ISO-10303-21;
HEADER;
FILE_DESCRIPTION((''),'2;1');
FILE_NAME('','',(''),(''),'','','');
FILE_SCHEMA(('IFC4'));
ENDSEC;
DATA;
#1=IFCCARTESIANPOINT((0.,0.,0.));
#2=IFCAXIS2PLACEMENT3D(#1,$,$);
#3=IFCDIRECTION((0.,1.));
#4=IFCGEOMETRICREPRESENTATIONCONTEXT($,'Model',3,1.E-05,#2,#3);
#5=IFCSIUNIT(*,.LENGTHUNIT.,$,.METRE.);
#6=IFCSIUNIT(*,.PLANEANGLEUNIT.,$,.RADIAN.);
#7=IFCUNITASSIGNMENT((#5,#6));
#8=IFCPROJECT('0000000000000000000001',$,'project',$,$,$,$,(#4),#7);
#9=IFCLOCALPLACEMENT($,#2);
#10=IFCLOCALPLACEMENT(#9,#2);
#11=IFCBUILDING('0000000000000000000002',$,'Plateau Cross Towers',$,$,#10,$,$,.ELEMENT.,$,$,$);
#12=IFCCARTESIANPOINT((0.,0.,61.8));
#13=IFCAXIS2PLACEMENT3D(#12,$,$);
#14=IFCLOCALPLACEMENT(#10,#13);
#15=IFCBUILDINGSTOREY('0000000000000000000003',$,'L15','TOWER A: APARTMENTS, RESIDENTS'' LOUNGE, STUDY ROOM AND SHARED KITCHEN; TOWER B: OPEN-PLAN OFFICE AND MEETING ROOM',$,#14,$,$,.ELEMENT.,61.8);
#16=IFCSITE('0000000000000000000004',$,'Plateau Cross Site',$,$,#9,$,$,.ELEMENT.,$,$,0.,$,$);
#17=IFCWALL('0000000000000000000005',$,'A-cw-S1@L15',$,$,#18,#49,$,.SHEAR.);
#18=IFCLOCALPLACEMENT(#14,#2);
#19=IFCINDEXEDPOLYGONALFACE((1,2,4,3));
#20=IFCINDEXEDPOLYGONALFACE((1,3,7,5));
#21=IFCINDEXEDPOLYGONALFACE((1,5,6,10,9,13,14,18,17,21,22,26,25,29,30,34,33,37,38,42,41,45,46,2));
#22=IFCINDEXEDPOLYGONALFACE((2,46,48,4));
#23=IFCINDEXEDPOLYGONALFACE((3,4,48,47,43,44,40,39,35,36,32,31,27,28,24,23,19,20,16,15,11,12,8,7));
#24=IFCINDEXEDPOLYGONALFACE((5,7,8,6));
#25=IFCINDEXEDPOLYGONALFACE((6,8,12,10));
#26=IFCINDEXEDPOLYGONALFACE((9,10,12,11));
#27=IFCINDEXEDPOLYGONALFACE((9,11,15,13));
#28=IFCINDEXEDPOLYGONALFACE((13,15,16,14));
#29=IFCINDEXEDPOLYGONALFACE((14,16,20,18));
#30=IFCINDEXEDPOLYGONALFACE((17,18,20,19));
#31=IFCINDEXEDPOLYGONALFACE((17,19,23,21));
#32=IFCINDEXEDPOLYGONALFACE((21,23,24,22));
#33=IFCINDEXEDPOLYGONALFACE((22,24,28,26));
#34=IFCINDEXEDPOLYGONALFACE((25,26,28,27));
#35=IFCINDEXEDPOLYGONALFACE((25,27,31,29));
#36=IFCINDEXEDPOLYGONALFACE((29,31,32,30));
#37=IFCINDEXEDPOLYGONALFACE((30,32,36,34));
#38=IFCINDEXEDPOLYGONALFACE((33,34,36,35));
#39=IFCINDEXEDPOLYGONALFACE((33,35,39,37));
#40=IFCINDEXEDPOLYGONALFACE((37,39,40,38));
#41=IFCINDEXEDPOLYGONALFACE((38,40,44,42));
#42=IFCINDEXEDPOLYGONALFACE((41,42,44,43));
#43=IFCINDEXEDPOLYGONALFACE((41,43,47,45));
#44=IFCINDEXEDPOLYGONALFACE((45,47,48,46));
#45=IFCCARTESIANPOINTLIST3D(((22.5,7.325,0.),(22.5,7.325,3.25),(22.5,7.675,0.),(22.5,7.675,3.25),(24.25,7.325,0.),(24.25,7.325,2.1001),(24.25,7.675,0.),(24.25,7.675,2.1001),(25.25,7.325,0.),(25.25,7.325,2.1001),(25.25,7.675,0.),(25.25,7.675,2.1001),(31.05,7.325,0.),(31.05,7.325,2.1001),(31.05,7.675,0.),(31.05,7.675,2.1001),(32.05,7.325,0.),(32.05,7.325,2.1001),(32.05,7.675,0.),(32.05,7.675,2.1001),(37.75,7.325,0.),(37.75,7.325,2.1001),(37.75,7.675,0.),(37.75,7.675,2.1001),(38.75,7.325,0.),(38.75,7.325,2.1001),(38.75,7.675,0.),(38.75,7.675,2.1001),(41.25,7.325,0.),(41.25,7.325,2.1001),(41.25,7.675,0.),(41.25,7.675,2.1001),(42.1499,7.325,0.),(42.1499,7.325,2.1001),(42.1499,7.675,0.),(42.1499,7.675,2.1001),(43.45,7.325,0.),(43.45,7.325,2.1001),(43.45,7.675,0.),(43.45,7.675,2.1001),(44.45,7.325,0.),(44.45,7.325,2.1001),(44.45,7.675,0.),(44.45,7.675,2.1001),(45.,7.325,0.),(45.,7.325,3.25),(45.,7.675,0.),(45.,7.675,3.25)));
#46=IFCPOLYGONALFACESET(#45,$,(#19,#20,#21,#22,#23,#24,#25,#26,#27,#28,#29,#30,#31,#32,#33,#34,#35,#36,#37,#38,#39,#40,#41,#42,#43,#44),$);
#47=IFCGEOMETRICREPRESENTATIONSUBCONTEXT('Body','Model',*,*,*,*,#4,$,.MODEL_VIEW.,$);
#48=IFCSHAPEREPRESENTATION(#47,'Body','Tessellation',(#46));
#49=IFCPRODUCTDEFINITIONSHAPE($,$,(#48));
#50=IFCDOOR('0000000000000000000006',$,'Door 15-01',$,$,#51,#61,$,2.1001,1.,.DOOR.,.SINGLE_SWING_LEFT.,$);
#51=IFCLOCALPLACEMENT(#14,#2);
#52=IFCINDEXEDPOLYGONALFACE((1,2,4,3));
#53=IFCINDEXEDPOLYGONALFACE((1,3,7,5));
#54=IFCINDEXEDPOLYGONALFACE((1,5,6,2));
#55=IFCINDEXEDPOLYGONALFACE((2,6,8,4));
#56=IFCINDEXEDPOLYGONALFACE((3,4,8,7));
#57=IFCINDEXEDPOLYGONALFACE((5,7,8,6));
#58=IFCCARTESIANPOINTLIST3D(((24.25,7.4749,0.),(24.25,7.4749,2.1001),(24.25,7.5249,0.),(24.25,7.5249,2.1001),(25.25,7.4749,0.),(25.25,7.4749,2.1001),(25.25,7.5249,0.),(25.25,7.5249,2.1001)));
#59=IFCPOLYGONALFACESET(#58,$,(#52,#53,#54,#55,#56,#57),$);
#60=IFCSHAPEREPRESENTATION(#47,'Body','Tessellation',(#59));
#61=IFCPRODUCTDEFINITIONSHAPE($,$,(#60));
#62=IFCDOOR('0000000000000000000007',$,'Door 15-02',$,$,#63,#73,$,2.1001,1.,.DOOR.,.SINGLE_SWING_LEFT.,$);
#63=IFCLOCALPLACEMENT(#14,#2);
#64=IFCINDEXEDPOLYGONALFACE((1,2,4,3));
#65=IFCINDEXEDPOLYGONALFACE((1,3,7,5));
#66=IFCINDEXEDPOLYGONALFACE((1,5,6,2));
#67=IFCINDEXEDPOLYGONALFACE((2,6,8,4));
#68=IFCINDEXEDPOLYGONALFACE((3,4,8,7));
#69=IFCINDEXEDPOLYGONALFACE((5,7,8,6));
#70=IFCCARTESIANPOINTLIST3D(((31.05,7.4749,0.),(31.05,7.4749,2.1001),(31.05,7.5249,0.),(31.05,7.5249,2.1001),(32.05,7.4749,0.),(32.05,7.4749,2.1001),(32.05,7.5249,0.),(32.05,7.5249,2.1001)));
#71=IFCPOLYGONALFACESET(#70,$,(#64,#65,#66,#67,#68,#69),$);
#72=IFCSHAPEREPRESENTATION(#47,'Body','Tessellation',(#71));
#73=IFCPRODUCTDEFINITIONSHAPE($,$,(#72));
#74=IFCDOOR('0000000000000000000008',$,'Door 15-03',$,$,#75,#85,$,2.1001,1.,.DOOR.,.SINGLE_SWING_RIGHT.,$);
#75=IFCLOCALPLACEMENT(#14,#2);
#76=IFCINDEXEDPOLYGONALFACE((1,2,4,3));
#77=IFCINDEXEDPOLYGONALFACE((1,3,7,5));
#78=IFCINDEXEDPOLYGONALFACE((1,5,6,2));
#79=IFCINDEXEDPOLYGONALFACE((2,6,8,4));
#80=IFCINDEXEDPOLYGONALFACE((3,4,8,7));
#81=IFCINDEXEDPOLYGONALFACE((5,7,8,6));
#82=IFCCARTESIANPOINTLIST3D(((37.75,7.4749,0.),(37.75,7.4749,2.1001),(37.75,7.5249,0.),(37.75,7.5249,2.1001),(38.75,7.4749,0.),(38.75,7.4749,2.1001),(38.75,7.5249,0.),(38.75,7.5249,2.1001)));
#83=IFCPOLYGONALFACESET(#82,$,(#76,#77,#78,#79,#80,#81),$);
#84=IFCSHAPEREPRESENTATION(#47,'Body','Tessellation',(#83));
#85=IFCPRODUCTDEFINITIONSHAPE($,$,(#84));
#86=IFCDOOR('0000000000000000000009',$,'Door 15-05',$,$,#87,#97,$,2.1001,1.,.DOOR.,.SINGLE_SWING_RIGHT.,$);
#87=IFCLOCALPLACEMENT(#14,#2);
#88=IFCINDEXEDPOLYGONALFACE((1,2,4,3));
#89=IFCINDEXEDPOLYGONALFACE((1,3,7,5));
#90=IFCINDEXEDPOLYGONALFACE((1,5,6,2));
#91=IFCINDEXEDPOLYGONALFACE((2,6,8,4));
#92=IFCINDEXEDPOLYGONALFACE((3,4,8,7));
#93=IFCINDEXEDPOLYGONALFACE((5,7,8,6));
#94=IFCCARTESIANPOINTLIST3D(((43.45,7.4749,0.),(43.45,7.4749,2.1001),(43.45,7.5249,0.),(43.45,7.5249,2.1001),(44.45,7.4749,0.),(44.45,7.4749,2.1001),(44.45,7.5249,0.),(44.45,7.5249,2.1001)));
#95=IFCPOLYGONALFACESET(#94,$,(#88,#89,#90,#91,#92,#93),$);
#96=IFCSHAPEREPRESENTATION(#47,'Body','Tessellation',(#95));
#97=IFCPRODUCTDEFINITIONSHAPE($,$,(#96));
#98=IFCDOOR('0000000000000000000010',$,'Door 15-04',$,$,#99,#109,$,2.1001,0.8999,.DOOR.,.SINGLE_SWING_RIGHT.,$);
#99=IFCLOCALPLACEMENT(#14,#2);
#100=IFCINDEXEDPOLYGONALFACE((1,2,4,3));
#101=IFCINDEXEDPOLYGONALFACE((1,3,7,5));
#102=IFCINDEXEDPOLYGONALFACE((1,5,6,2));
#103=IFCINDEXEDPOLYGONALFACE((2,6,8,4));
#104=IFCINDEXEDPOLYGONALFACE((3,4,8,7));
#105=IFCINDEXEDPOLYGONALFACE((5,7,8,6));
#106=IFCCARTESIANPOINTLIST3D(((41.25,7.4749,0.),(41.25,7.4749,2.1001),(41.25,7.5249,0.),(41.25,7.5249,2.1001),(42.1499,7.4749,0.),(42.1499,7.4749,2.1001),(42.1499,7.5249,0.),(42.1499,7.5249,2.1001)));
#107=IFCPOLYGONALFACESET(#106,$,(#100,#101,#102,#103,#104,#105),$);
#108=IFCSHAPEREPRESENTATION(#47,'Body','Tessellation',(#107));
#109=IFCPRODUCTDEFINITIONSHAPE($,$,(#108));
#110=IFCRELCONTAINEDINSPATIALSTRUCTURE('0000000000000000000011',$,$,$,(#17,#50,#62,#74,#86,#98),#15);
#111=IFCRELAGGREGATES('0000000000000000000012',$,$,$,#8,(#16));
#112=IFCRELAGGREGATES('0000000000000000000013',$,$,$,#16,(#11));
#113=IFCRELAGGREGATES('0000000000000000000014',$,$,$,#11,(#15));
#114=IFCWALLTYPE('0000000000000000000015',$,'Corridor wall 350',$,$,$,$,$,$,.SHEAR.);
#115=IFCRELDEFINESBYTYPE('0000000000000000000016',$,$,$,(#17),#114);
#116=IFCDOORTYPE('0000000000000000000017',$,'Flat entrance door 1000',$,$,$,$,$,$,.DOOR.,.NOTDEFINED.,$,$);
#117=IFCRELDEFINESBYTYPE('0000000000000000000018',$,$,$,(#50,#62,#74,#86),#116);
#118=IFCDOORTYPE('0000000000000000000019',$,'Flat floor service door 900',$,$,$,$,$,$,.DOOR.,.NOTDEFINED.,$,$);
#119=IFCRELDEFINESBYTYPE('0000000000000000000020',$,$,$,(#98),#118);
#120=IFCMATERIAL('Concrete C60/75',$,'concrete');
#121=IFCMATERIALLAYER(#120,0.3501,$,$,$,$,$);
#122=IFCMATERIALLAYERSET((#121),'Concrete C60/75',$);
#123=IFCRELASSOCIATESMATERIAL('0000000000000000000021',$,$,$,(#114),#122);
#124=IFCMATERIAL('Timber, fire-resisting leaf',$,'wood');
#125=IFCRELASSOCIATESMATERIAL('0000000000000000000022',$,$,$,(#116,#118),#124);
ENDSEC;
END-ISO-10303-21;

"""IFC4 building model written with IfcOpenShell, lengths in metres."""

from ifc_helpers import new_model, si_unit, direction, frame, frame_2d, origin, place, context, subcontext, project, spatial, rectangle, extrude, material, layer, layer_set, type_object, element, fill, save


model = new_model("IFC4")

# Units and contexts
model_context = context("Model", 3, precision=1e-05, world=origin(), true_north=direction((0.0, 1.0)))
body_context = subcontext(model_context, "Body", "Model", "MODEL_VIEW")
ifc_project = project(units=[si_unit("LENGTHUNIT", "METRE"), si_unit("PLANEANGLEUNIT", "RADIAN")], contexts=[model_context])

# Site, building, storey
site_placement = place(None, origin())
site = spatial("IfcSite", under=ifc_project, at=site_placement, Name="Plateau Cross Site", CompositionType="ELEMENT", RefElevation=0.0)
building_placement = place(site_placement, origin())
building = spatial("IfcBuilding", under=site, at=building_placement, Name="Plateau Cross Towers", CompositionType="ELEMENT")
storey_placement = place(building_placement, frame((0.0, 0.0, 61.8)))
storey = spatial("IfcBuildingStorey", under=building, at=storey_placement, Name="L15", Description="TOWER A: APARTMENTS, RESIDENTS' LOUNGE, STUDY ROOM AND SHARED KITCHEN; TOWER B: OPEN-PLAN OFFICE AND MEETING ROOM", CompositionType="ELEMENT", Elevation=61.8)

# Shared definitions
ifc_material_1 = material(Name="Timber, fire-resisting leaf", Category="wood")

# Wall, openings, doors
ifc_material_2 = material(Name="Concrete C60/75", Category="concrete")
ifc_layer_1 = layer(ifc_material_2, 0.3501)
ifc_layer_set_1 = layer_set([ifc_layer_1], Name="Concrete C60/75")
wall_type_1 = type_object("IfcWallType", Name="Corridor wall 350", PredefinedType="SHEAR", material=ifc_layer_set_1)
wall_1_placement = place(storey_placement, frame((22.5, 7.5, 0.0), z_axis=(0.0, 0.0, 1.0), x_axis=(1.0, 0.0, 0.0)))
wall_1 = element("IfcWall", 1, at=wall_1_placement, inside=storey, type_object=wall_type_1, Name="A-cw-S1@L15", PredefinedType="SHEAR", context=body_context, shape_type="SweptSolid", body=[
    extrude(rectangle(XDim=22.5, YDim=0.3501, at=frame_2d((11.25, 0.0))), origin(), (0.0, 0.0, 1.0), 3.25),
])
opening_1_placement = place(wall_1_placement, frame((1.75, 0.0, 0.0)))
opening_1 = element("IfcOpeningElement", 2, at=opening_1_placement, cuts=wall_1, PredefinedType="OPENING", context=body_context, shape_type="SweptSolid", body=[
    extrude(rectangle(XDim=1.0, YDim=2.1001, at=frame_2d((0.5, 1.05))), frame((0.0, 0.1851, 0.0), z_axis=(0.0, -1.0, 0.0), x_axis=(1.0, 0.0, 0.0)), (0.0, 0.0, 1.0), 0.3701),
])
opening_2_placement = place(wall_1_placement, frame((8.55, 0.0, 0.0)))
opening_2 = element("IfcOpeningElement", 3, at=opening_2_placement, cuts=wall_1, PredefinedType="OPENING", context=body_context, shape_type="SweptSolid", body=[
    extrude(rectangle(XDim=1.0, YDim=2.1001, at=frame_2d((0.5, 1.05))), frame((0.0, 0.1851, 0.0), z_axis=(0.0, -1.0, 0.0), x_axis=(1.0, 0.0, 0.0)), (0.0, 0.0, 1.0), 0.3701),
])
opening_3_placement = place(wall_1_placement, frame((15.25, 0.0, 0.0)))
opening_3 = element("IfcOpeningElement", 4, at=opening_3_placement, cuts=wall_1, PredefinedType="OPENING", context=body_context, shape_type="SweptSolid", body=[
    extrude(rectangle(XDim=1.0, YDim=2.1001, at=frame_2d((0.5, 1.05))), frame((0.0, 0.1851, 0.0), z_axis=(0.0, -1.0, 0.0), x_axis=(1.0, 0.0, 0.0)), (0.0, 0.0, 1.0), 0.3701),
])
opening_4_placement = place(wall_1_placement, frame((18.75, 0.0, 0.0)))
opening_4 = element("IfcOpeningElement", 5, at=opening_4_placement, cuts=wall_1, PredefinedType="OPENING", context=body_context, shape_type="SweptSolid", body=[
    extrude(rectangle(XDim=0.8999, YDim=2.1001, at=frame_2d((0.45, 1.05))), frame((0.0, 0.1851, 0.0), z_axis=(0.0, -1.0, 0.0), x_axis=(1.0, 0.0, 0.0)), (0.0, 0.0, 1.0), 0.3701),
])
opening_5_placement = place(wall_1_placement, frame((20.95, 0.0, 0.0)))
opening_5 = element("IfcOpeningElement", 6, at=opening_5_placement, cuts=wall_1, PredefinedType="OPENING", context=body_context, shape_type="SweptSolid", body=[
    extrude(rectangle(XDim=1.0, YDim=2.1001, at=frame_2d((0.5, 1.05))), frame((0.0, 0.1851, 0.0), z_axis=(0.0, -1.0, 0.0), x_axis=(1.0, 0.0, 0.0)), (0.0, 0.0, 1.0), 0.3701),
])
door_type_1 = type_object("IfcDoorType", Name="Flat entrance door 1000", OperationType="NOTDEFINED", PredefinedType="DOOR", material=ifc_material_1)
door_1_placement = place(opening_1_placement, origin())
door_1 = element("IfcDoor", 7, at=door_1_placement, inside=storey, type_object=door_type_1, Name="Door 15-01", OperationType="SINGLE_SWING_LEFT", OverallHeight=2.1001, OverallWidth=1.0, PredefinedType="DOOR", context=body_context, shape_type="SweptSolid", body=[
    extrude(rectangle(XDim=1.0, YDim=2.1001, at=frame_2d((0.5, 1.05))), frame((0.0, 0.0249, 0.0), z_axis=(0.0, -1.0, 0.0), x_axis=(1.0, 0.0, 0.0)), (0.0, 0.0, 1.0), 0.05),
])
fill(opening_1, door_1)
door_2_placement = place(opening_2_placement, origin())
door_2 = element("IfcDoor", 8, at=door_2_placement, inside=storey, type_object=door_type_1, Name="Door 15-02", OperationType="SINGLE_SWING_LEFT", OverallHeight=2.1001, OverallWidth=1.0, PredefinedType="DOOR", context=body_context, shape_type="SweptSolid", body=[
    extrude(rectangle(XDim=1.0, YDim=2.1001, at=frame_2d((0.5, 1.05))), frame((0.0, 0.0249, 0.0), z_axis=(0.0, -1.0, 0.0), x_axis=(1.0, 0.0, 0.0)), (0.0, 0.0, 1.0), 0.05),
])
fill(opening_2, door_2)
door_3_placement = place(opening_3_placement, origin())
door_3 = element("IfcDoor", 9, at=door_3_placement, inside=storey, type_object=door_type_1, Name="Door 15-03", OperationType="SINGLE_SWING_RIGHT", OverallHeight=2.1001, OverallWidth=1.0, PredefinedType="DOOR", context=body_context, shape_type="SweptSolid", body=[
    extrude(rectangle(XDim=1.0, YDim=2.1001, at=frame_2d((0.5, 1.05))), frame((0.0, 0.0249, 0.0), z_axis=(0.0, -1.0, 0.0), x_axis=(1.0, 0.0, 0.0)), (0.0, 0.0, 1.0), 0.05),
])
fill(opening_3, door_3)
door_4_placement = place(opening_5_placement, origin())
door_4 = element("IfcDoor", 10, at=door_4_placement, inside=storey, type_object=door_type_1, Name="Door 15-05", OperationType="SINGLE_SWING_RIGHT", OverallHeight=2.1001, OverallWidth=1.0, PredefinedType="DOOR", context=body_context, shape_type="SweptSolid", body=[
    extrude(rectangle(XDim=1.0, YDim=2.1001, at=frame_2d((0.5, 1.05))), frame((0.0, 0.0249, 0.0), z_axis=(0.0, -1.0, 0.0), x_axis=(1.0, 0.0, 0.0)), (0.0, 0.0, 1.0), 0.05),
])
fill(opening_5, door_4)
door_type_2 = type_object("IfcDoorType", Name="Flat floor service door 900", OperationType="NOTDEFINED", PredefinedType="DOOR", material=ifc_material_1)
door_5_placement = place(opening_4_placement, origin())
door_5 = element("IfcDoor", 11, at=door_5_placement, inside=storey, type_object=door_type_2, Name="Door 15-04", OperationType="SINGLE_SWING_RIGHT", OverallHeight=2.1001, OverallWidth=0.8999, PredefinedType="DOOR", context=body_context, shape_type="SweptSolid", body=[
    extrude(rectangle(XDim=0.8999, YDim=2.1001, at=frame_2d((0.45, 1.05))), frame((0.0, 0.0249, 0.0), z_axis=(0.0, -1.0, 0.0), x_axis=(1.0, 0.0, 0.0)), (0.0, 0.0, 1.0), 0.05),
])
fill(opening_4, door_5)

save(model, "model.ifc")
